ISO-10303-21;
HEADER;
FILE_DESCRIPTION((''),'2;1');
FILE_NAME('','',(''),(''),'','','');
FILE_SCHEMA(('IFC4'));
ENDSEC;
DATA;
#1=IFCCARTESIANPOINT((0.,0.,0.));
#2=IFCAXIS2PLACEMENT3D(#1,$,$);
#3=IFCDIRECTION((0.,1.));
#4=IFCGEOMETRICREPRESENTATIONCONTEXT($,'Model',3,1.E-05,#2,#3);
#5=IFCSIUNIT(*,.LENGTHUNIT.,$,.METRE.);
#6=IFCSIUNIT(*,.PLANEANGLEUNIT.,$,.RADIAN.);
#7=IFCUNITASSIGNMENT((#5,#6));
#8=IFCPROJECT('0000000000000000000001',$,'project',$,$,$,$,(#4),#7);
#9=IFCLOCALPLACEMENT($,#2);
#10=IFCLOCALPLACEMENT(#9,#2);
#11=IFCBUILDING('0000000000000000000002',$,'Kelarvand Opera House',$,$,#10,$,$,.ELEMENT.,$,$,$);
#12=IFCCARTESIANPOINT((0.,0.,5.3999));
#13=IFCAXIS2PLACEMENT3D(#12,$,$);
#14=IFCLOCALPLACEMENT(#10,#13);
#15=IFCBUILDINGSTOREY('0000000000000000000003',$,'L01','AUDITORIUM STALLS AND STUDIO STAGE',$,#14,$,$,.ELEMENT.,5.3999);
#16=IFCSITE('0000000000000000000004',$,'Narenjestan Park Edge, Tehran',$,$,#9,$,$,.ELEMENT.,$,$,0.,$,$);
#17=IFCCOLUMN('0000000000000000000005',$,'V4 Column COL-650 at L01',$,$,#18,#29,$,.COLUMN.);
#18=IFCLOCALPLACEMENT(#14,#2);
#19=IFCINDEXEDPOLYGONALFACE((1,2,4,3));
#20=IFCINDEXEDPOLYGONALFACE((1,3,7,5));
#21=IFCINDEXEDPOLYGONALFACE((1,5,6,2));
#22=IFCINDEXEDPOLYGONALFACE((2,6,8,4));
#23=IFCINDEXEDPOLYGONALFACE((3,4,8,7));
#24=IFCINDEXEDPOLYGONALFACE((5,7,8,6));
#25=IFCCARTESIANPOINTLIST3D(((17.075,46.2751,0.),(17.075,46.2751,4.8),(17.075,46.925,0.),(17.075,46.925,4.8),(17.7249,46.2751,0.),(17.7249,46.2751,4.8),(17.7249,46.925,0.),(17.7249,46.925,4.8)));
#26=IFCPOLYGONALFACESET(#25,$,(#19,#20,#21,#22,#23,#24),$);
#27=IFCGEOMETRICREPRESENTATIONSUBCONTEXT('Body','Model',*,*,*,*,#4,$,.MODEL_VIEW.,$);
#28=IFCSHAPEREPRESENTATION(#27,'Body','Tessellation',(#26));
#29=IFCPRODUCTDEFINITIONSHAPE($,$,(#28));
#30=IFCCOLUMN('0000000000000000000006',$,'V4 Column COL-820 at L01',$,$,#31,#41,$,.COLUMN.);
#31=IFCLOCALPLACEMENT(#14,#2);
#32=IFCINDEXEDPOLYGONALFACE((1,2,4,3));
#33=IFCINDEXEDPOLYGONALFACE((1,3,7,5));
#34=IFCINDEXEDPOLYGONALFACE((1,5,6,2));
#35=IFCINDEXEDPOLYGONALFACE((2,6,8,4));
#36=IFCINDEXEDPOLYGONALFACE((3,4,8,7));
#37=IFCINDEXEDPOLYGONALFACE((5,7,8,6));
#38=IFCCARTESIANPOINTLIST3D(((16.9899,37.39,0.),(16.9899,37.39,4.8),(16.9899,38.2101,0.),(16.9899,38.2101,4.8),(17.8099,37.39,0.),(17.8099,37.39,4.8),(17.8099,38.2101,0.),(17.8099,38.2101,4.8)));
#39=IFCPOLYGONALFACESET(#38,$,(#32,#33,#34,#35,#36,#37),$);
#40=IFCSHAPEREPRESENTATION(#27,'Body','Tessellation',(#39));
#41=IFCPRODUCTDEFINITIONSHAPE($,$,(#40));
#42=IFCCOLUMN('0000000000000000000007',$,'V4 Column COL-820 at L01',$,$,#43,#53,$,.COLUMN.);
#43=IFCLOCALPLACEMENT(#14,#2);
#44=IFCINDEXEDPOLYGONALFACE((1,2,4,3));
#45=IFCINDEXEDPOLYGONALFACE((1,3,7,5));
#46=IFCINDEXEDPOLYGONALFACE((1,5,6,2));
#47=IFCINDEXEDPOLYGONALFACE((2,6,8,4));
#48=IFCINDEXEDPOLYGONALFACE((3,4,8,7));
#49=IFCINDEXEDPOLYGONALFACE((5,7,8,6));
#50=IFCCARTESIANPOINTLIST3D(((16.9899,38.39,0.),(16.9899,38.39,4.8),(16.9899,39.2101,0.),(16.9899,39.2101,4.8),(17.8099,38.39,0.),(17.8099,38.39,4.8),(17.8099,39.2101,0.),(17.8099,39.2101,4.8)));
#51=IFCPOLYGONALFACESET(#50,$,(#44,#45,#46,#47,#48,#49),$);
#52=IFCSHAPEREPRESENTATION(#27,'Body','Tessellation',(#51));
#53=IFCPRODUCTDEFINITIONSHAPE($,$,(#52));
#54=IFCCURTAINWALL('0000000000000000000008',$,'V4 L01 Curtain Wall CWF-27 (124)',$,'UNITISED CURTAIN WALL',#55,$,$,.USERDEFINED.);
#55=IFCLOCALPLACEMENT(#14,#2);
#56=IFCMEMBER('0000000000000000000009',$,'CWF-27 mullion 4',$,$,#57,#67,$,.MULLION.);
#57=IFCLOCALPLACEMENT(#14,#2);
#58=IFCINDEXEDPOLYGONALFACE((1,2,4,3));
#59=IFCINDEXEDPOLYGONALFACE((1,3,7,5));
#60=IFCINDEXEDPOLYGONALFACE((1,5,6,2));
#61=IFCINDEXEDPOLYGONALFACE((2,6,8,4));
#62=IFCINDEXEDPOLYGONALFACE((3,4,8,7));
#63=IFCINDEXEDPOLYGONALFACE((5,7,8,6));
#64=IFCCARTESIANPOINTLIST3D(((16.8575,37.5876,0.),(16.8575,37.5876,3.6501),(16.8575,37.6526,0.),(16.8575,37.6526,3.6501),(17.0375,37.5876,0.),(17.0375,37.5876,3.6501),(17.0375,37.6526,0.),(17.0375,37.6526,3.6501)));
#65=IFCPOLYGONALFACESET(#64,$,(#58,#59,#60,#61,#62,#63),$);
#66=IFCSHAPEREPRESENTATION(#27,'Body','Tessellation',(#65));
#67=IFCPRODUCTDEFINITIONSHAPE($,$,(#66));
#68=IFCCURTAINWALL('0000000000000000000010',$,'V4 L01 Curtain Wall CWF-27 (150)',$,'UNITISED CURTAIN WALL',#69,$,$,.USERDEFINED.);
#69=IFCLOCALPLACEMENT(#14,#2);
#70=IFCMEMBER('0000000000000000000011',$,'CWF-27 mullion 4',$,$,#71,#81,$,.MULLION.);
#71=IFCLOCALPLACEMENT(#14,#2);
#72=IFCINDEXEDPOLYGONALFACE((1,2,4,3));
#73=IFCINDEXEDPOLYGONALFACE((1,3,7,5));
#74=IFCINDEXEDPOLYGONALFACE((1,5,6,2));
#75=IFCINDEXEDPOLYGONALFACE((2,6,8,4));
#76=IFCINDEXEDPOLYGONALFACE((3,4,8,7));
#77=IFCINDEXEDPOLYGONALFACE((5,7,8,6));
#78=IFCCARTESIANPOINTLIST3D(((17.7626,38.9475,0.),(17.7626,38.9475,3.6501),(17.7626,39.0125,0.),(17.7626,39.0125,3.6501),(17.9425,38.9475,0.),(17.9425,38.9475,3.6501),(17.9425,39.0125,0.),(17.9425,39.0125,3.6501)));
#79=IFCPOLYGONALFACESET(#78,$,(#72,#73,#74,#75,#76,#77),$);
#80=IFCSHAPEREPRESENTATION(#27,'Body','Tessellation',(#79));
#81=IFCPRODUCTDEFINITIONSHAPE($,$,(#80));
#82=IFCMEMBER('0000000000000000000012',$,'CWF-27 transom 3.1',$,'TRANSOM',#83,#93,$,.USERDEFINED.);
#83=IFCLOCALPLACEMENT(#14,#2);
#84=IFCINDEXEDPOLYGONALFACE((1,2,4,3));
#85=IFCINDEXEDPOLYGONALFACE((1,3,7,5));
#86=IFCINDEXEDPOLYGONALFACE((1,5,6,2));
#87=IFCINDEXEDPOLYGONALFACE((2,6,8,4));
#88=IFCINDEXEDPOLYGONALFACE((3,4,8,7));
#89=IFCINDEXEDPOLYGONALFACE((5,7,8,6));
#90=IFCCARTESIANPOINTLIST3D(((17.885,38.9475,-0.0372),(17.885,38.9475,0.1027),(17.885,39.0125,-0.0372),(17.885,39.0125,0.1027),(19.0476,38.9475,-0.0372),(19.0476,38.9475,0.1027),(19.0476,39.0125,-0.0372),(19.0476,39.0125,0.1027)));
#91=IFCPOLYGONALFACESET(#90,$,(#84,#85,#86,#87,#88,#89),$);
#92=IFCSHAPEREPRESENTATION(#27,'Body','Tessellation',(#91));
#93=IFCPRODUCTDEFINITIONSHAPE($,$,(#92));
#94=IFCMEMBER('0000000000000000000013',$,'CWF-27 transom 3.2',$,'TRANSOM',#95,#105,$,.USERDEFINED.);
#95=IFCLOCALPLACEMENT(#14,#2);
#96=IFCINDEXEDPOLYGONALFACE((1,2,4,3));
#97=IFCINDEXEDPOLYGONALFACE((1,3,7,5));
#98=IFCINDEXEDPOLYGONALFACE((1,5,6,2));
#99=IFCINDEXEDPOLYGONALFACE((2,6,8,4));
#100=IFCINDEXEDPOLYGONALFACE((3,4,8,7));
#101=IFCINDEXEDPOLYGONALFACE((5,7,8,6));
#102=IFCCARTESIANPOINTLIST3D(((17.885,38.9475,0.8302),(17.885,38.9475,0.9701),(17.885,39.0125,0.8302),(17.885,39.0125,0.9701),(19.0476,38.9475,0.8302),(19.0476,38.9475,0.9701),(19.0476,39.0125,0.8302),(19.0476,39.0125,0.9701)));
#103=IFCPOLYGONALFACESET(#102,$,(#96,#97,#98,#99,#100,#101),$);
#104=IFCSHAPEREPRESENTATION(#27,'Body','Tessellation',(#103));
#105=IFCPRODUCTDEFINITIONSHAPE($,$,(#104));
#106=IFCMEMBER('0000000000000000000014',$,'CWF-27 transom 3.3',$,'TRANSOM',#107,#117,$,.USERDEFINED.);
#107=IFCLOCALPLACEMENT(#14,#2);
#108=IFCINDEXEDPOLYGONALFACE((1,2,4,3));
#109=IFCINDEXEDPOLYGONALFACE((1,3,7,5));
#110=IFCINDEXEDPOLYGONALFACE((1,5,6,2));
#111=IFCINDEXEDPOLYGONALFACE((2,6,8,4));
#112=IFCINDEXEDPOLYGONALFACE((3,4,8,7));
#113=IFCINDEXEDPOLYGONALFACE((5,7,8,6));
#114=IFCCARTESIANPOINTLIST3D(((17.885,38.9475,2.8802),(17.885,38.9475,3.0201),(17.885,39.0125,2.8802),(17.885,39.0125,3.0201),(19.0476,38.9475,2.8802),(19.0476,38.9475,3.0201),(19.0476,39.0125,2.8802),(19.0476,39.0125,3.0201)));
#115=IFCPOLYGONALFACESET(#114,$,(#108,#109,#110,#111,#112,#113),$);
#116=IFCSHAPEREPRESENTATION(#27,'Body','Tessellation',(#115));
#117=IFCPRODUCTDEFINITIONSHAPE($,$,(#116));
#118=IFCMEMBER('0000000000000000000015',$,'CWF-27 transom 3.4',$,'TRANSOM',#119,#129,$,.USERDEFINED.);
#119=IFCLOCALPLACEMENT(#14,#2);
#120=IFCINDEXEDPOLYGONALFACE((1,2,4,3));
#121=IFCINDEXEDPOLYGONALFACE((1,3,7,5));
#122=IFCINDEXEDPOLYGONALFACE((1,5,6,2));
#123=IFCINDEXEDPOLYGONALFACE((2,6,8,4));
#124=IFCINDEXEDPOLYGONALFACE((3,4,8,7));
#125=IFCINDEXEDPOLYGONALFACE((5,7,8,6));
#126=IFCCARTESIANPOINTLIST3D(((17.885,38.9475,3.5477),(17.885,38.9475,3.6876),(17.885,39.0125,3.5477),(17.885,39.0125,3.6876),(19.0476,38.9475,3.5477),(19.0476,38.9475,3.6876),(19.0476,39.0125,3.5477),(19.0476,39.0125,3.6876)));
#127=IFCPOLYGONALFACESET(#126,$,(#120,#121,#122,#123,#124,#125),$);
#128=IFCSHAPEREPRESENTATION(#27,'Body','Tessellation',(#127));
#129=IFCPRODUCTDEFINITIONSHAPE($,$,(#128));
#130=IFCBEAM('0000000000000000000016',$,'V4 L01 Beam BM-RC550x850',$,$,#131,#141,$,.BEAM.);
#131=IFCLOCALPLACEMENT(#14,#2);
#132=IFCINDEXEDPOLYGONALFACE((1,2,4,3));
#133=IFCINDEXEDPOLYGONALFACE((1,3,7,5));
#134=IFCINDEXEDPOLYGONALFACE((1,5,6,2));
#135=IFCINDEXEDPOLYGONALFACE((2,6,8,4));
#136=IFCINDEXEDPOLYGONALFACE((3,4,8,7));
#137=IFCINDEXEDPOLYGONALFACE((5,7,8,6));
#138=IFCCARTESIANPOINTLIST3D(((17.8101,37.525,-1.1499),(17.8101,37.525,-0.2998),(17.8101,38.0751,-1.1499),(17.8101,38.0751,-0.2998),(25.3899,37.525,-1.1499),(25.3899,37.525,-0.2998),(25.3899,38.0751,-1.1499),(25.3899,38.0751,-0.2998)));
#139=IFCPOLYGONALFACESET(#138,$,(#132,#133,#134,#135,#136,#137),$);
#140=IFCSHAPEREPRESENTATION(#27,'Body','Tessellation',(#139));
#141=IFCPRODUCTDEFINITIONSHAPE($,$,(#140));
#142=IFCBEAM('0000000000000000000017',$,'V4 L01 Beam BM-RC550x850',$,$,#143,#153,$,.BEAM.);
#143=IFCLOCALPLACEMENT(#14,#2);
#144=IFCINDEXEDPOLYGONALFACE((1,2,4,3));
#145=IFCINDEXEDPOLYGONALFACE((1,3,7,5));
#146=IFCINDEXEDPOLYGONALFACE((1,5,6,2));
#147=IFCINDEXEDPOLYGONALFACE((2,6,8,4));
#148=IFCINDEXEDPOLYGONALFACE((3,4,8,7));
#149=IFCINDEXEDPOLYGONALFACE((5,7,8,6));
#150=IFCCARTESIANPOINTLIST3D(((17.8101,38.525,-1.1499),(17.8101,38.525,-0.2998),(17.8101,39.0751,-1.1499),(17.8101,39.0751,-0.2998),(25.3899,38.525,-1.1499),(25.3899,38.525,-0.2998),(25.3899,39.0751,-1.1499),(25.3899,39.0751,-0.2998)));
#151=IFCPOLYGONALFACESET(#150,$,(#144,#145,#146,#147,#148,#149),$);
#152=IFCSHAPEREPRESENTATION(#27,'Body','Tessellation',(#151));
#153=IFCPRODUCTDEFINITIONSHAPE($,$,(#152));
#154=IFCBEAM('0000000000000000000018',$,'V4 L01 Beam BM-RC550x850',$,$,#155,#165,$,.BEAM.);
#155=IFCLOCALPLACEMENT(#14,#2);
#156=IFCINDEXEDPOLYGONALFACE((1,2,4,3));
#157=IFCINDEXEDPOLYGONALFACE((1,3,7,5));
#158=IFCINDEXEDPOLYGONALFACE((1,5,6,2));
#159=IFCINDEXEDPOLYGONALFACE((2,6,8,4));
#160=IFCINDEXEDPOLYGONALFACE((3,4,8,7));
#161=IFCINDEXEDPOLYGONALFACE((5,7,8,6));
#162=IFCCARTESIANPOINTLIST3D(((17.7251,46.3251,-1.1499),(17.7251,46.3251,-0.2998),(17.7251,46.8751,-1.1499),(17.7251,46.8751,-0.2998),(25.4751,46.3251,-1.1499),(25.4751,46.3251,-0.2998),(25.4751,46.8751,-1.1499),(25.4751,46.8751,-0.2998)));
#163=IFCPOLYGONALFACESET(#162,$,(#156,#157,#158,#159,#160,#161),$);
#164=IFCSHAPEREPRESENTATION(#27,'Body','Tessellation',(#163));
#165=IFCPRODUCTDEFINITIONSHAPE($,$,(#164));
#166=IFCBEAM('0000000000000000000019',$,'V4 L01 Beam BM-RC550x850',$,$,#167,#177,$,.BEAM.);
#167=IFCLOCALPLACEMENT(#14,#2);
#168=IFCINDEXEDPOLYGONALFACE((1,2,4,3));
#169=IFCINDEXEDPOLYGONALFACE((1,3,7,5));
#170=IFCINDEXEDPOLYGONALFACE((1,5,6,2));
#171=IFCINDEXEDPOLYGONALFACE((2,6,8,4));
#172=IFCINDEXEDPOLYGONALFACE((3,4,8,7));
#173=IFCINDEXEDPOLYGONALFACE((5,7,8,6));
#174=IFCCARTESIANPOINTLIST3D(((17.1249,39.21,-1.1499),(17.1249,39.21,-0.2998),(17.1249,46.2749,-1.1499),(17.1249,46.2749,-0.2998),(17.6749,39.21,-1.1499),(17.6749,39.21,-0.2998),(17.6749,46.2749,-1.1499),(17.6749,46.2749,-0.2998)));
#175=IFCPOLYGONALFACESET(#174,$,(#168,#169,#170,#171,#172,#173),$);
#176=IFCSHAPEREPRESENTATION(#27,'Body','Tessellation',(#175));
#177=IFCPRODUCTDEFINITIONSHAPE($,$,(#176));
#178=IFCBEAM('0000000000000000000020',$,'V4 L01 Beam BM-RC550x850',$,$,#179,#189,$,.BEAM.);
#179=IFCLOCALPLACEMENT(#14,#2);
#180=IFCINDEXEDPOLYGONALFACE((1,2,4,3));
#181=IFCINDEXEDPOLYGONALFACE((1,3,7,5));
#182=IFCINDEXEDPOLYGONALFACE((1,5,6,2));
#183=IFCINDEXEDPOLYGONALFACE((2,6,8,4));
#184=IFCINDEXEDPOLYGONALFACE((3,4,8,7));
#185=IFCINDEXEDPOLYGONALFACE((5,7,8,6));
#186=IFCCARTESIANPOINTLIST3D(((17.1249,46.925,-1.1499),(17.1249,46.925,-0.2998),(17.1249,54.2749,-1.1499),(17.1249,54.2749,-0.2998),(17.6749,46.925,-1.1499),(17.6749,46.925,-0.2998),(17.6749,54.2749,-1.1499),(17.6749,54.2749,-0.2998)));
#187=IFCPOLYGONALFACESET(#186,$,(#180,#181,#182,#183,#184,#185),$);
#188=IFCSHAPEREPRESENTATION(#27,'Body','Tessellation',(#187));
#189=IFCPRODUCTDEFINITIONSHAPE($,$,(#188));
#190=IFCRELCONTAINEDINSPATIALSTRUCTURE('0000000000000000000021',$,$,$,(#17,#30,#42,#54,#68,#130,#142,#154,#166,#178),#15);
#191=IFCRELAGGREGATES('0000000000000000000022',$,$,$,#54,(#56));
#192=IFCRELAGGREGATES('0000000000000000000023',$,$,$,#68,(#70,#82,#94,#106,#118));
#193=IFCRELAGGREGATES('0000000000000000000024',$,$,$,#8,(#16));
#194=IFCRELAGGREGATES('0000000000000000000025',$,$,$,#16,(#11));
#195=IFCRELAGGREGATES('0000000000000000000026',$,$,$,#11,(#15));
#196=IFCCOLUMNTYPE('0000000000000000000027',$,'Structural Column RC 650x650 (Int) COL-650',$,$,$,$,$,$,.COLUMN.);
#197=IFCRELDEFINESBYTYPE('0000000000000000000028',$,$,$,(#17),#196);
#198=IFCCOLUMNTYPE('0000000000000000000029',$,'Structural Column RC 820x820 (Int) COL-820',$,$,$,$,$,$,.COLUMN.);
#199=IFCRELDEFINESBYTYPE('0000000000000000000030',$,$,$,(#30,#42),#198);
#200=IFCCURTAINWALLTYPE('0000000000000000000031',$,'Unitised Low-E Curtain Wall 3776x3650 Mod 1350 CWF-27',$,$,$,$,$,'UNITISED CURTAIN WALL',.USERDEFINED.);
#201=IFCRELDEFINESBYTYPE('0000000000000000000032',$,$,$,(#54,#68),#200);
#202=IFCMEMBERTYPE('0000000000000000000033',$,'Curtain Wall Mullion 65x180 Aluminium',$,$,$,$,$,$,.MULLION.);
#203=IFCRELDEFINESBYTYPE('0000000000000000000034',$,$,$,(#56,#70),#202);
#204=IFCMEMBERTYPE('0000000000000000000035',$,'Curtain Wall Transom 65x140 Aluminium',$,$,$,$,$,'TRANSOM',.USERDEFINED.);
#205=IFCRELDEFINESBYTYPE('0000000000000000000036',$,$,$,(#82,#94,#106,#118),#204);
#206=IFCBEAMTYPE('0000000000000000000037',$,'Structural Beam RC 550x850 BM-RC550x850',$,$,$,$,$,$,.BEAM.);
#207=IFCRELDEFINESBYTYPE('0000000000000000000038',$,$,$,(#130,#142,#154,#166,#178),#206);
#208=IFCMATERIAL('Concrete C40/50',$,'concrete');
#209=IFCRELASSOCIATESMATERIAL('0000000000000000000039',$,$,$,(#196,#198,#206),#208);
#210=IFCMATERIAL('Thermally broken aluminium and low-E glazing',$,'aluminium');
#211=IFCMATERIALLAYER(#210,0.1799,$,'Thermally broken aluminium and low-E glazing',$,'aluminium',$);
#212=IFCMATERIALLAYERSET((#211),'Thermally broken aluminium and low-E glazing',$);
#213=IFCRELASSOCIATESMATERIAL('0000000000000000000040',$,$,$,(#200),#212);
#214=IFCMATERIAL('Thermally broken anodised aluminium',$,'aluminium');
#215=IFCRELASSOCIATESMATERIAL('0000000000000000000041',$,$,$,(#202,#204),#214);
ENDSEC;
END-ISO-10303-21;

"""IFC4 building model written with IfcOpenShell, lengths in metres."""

from ifc_helpers import new_model, si_unit, direction, frame, origin, origin_2d, place, context, subcontext, project, spatial, rectangle, extrude, material, layer, layer_set, material_profile, profile_set, type_object, element, aggregate, save


model = new_model("IFC4")

# Units and contexts
model_context = context("Model", 3, precision=1e-05, world=origin(), true_north=direction((0.0, 1.0)))
body_context = subcontext(model_context, "Body", "Model", "MODEL_VIEW")
ifc_project = project(units=[si_unit("LENGTHUNIT", "METRE"), si_unit("PLANEANGLEUNIT", "RADIAN")], contexts=[model_context])

# Site, building, storey
site_placement = place(None, origin())
site = spatial("IfcSite", under=ifc_project, at=site_placement, Name="Narenjestan Park Edge, Tehran", CompositionType="ELEMENT", RefElevation=0.0)
building_placement = place(site_placement, origin())
building = spatial("IfcBuilding", under=site, at=building_placement, Name="Kelarvand Opera House", CompositionType="ELEMENT")
storey_placement = place(building_placement, frame((0.0, 0.0, 5.3999)))
storey = spatial("IfcBuildingStorey", under=building, at=storey_placement, Name="L01", Description="AUDITORIUM STALLS AND STUDIO STAGE", CompositionType="ELEMENT", Elevation=5.3999)

# Columns
ifc_material_1 = material(Name="Concrete C40/50", Category="concrete")
ifc_material_profile_1 = material_profile(ifc_material_1, rectangle(XDim=0.6499, YDim=0.6499, at=origin_2d()), Name="RC 650x650", Category="concrete")
ifc_profile_set_1 = profile_set([ifc_material_profile_1], Name="Concrete C40/50")
column_type_1 = type_object("IfcColumnType", Name="Structural Column RC 650x650 (Int) COL-650", PredefinedType="COLUMN", material=ifc_profile_set_1)
column_placement = place(storey_placement, frame((17.3999, 46.6001, 0.0), z_axis=(0.0, 0.0, 1.0), x_axis=(1.0, 0.0, 0.0)))
element("IfcColumn", 1, at=column_placement, inside=storey, type_object=column_type_1, Name="V4 Column COL-650 at L01", PredefinedType="COLUMN", context=body_context, shape_type="SweptSolid", body=[
    extrude(rectangle(XDim=0.6499, YDim=0.6499, at=origin_2d()), origin(), (0.0, 0.0, 1.0), 4.8),
])
ifc_material_profile_2 = material_profile(ifc_material_1, rectangle(XDim=0.8201, YDim=0.8201, at=origin_2d()), Name="RC 820x820", Category="concrete")
ifc_profile_set_2 = profile_set([ifc_material_profile_2], Name="Concrete C40/50")
column_type_2 = type_object("IfcColumnType", Name="Structural Column RC 820x820 (Int) COL-820", PredefinedType="COLUMN", material=ifc_profile_set_2)
for number, where, z_axis, x_axis, name in (
    (2, (17.3999, 37.8, 0.0), (0.0, 0.0, 1.0), (1.0, 0.0, 0.0), "V4 Column COL-820 at L01"),
    (3, (17.3999, 38.8, 0.0), (0.0, 0.0, 1.0), (1.0, 0.0, 0.0), "V4 Column COL-820 at L01"),
):
    element("IfcColumn", number, at=place(storey_placement, frame(where, z_axis=z_axis, x_axis=x_axis)), inside=storey, type_object=column_type_2, Name=name, PredefinedType="COLUMN", context=body_context, shape_type="SweptSolid", body=[
        extrude(rectangle(XDim=0.8201, YDim=0.8201, at=origin_2d()), origin(), (0.0, 0.0, 1.0), 4.8),
    ])

# Curtain wall, member
ifc_material_2 = material(Name="Thermally broken aluminium and low-E glazing", Category="aluminium")
ifc_layer_1 = layer(ifc_material_2, 0.1799, Name="Thermally broken aluminium and low-E glazing", Category="aluminium")
ifc_layer_set_1 = layer_set([ifc_layer_1], Name="Thermally broken aluminium and low-E glazing")
curtain_wall_type = type_object("IfcCurtainWallType", Name="Unitised Low-E Curtain Wall 3776x3650 Mod 1350 CWF-27", ElementType="UNITISED CURTAIN WALL", PredefinedType="USERDEFINED", material=ifc_layer_set_1)
curtain_wall_1_placement = place(storey_placement, origin())
curtain_wall_1 = element("IfcCurtainWall", 4, at=curtain_wall_1_placement, inside=storey, type_object=curtain_wall_type, Name="V4 L01 Curtain Wall CWF-27 (124)", ObjectType="UNITISED CURTAIN WALL", PredefinedType="USERDEFINED")
ifc_material_3 = material(Name="Thermally broken anodised aluminium", Category="aluminium")
ifc_material_profile_3 = material_profile(ifc_material_3, rectangle(XDim=0.0649, YDim=0.1799, at=origin_2d()), Name="ALU MULLION 65x180", Category="aluminium")
ifc_profile_set_3 = profile_set([ifc_material_profile_3], Name="Thermally broken anodised aluminium")
member_type_1 = type_object("IfcMemberType", Name="Curtain Wall Mullion 65x180 Aluminium", PredefinedType="MULLION", material=ifc_profile_set_3)
member_1_placement = place(storey_placement, frame((16.9475, 37.6201, 0.0), z_axis=(0.0, 0.0, 1.0), x_axis=(0.0, 1.0, 0.0)))
member_1 = element("IfcMember", 5, at=member_1_placement, type_object=member_type_1, Name="CWF-27 mullion 4", PredefinedType="MULLION", context=body_context, shape_type="SweptSolid", body=[
    extrude(rectangle(XDim=0.0649, YDim=0.1799, at=origin_2d()), origin(), (0.0, 0.0, 1.0), 3.6501),
])

# Curtain wall, members
curtain_wall_2_placement = place(storey_placement, origin())
curtain_wall_2 = element("IfcCurtainWall", 6, at=curtain_wall_2_placement, inside=storey, type_object=curtain_wall_type, Name="V4 L01 Curtain Wall CWF-27 (150)", ObjectType="UNITISED CURTAIN WALL", PredefinedType="USERDEFINED")
member_2_placement = place(storey_placement, frame((17.8525, 38.98, 0.0), z_axis=(0.0, 0.0, 1.0), x_axis=(0.0, -1.0, 0.0)))
member_2 = element("IfcMember", 7, at=member_2_placement, type_object=member_type_1, Name="CWF-27 mullion 4", PredefinedType="MULLION", context=body_context, shape_type="SweptSolid", body=[
    extrude(rectangle(XDim=0.0649, YDim=0.1799, at=origin_2d()), origin(), (0.0, 0.0, 1.0), 3.6501),
])
ifc_material_profile_4 = material_profile(ifc_material_3, rectangle(XDim=0.0649, YDim=0.1399, at=origin_2d()), Name="ALU TRANSOM 65x140", Category="aluminium")
ifc_profile_set_4 = profile_set([ifc_material_profile_4], Name="Thermally broken anodised aluminium")
member_type_2 = type_object("IfcMemberType", Name="Curtain Wall Transom 65x140 Aluminium", ElementType="TRANSOM", PredefinedType="USERDEFINED", material=ifc_profile_set_4)
member_3_placement = place(storey_placement, frame((19.0476, 38.98, 0.0327), z_axis=(-1.0, 0.0, 0.0), x_axis=(0.0, -1.0, 0.0)))
member_3 = element("IfcMember", 8, at=member_3_placement, type_object=member_type_2, Name="CWF-27 transom 3.1", ObjectType="TRANSOM", PredefinedType="USERDEFINED", context=body_context, shape_type="SweptSolid", body=[
    extrude(rectangle(XDim=0.0649, YDim=0.1399, at=origin_2d()), origin(), (0.0, 0.0, 1.0), 1.1626),
])
member_4_placement = place(storey_placement, frame((19.0476, 38.98, 0.9001), z_axis=(-1.0, 0.0, 0.0), x_axis=(0.0, -1.0, 0.0)))
member_4 = element("IfcMember", 9, at=member_4_placement, type_object=member_type_2, Name="CWF-27 transom 3.2", ObjectType="TRANSOM", PredefinedType="USERDEFINED", context=body_context, shape_type="SweptSolid", body=[
    extrude(rectangle(XDim=0.0649, YDim=0.1399, at=origin_2d()), origin(), (0.0, 0.0, 1.0), 1.1626),
])
member_5_placement = place(storey_placement, frame((19.0476, 38.98, 2.9502), z_axis=(-1.0, 0.0, 0.0), x_axis=(0.0, -1.0, 0.0)))
member_5 = element("IfcMember", 10, at=member_5_placement, type_object=member_type_2, Name="CWF-27 transom 3.3", ObjectType="TRANSOM", PredefinedType="USERDEFINED", context=body_context, shape_type="SweptSolid", body=[
    extrude(rectangle(XDim=0.0649, YDim=0.1399, at=origin_2d()), origin(), (0.0, 0.0, 1.0), 1.1626),
])
member_6_placement = place(storey_placement, frame((19.0476, 38.98, 3.6177), z_axis=(-1.0, 0.0, 0.0), x_axis=(0.0, -1.0, 0.0)))
member_6 = element("IfcMember", 11, at=member_6_placement, type_object=member_type_2, Name="CWF-27 transom 3.4", ObjectType="TRANSOM", PredefinedType="USERDEFINED", context=body_context, shape_type="SweptSolid", body=[
    extrude(rectangle(XDim=0.0649, YDim=0.1399, at=origin_2d()), origin(), (0.0, 0.0, 1.0), 1.1626),
])

# Beams
ifc_material_profile_5 = material_profile(ifc_material_1, rectangle(XDim=0.55, YDim=0.8501, at=origin_2d()), Name="RC 550x850", Category="concrete")
ifc_profile_set_5 = profile_set([ifc_material_profile_5], Name="Concrete C40/50")
beam_type_1 = type_object("IfcBeamType", Name="Structural Beam RC 550x850 BM-RC550x850", PredefinedType="BEAM", material=ifc_profile_set_5)
for number, where, z_axis, x_axis, name in (
    (12, (17.8101, 37.8, -0.7249), (1.0, 0.0, 0.0), (0.0, 1.0, 0.0), "V4 L01 Beam BM-RC550x850"),
    (13, (17.8101, 38.8, -0.7249), (1.0, 0.0, 0.0), (0.0, 1.0, 0.0), "V4 L01 Beam BM-RC550x850"),
):
    element("IfcBeam", number, at=place(storey_placement, frame(where, z_axis=z_axis, x_axis=x_axis)), inside=storey, type_object=beam_type_1, Name=name, PredefinedType="BEAM", context=body_context, shape_type="SweptSolid", body=[
        extrude(rectangle(XDim=0.55, YDim=0.8501, at=origin_2d()), origin(), (0.0, 0.0, 1.0), 7.5798),
    ])
beam_1_placement = place(storey_placement, frame((17.7251, 46.6001, -0.7249), z_axis=(1.0, 0.0, 0.0), x_axis=(0.0, 1.0, 0.0)))
element("IfcBeam", 14, at=beam_1_placement, inside=storey, type_object=beam_type_1, Name="V4 L01 Beam BM-RC550x850", PredefinedType="BEAM", context=body_context, shape_type="SweptSolid", body=[
    extrude(rectangle(XDim=0.55, YDim=0.8501, at=origin_2d()), origin(), (0.0, 0.0, 1.0), 7.75),
])
beam_2_placement = place(storey_placement, frame((17.3999, 39.21, -0.7249), z_axis=(0.0, 1.0, 0.0), x_axis=(-1.0, 0.0, 0.0)))
element("IfcBeam", 15, at=beam_2_placement, inside=storey, type_object=beam_type_1, Name="V4 L01 Beam BM-RC550x850", PredefinedType="BEAM", context=body_context, shape_type="SweptSolid", body=[
    extrude(rectangle(XDim=0.55, YDim=0.8501, at=origin_2d()), origin(), (0.0, 0.0, 1.0), 7.0649),
])
beam_3_placement = place(storey_placement, frame((17.3999, 46.925, -0.7249), z_axis=(0.0, 1.0, 0.0), x_axis=(-1.0, 0.0, 0.0)))
element("IfcBeam", 16, at=beam_3_placement, inside=storey, type_object=beam_type_1, Name="V4 L01 Beam BM-RC550x850", PredefinedType="BEAM", context=body_context, shape_type="SweptSolid", body=[
    extrude(rectangle(XDim=0.55, YDim=0.8501, at=origin_2d()), origin(), (0.0, 0.0, 1.0), 7.3499),
])

aggregate(curtain_wall_1, [member_1])
aggregate(curtain_wall_2, [member_2, member_3, member_4, member_5, member_6])

save(model, "model.ifc")
